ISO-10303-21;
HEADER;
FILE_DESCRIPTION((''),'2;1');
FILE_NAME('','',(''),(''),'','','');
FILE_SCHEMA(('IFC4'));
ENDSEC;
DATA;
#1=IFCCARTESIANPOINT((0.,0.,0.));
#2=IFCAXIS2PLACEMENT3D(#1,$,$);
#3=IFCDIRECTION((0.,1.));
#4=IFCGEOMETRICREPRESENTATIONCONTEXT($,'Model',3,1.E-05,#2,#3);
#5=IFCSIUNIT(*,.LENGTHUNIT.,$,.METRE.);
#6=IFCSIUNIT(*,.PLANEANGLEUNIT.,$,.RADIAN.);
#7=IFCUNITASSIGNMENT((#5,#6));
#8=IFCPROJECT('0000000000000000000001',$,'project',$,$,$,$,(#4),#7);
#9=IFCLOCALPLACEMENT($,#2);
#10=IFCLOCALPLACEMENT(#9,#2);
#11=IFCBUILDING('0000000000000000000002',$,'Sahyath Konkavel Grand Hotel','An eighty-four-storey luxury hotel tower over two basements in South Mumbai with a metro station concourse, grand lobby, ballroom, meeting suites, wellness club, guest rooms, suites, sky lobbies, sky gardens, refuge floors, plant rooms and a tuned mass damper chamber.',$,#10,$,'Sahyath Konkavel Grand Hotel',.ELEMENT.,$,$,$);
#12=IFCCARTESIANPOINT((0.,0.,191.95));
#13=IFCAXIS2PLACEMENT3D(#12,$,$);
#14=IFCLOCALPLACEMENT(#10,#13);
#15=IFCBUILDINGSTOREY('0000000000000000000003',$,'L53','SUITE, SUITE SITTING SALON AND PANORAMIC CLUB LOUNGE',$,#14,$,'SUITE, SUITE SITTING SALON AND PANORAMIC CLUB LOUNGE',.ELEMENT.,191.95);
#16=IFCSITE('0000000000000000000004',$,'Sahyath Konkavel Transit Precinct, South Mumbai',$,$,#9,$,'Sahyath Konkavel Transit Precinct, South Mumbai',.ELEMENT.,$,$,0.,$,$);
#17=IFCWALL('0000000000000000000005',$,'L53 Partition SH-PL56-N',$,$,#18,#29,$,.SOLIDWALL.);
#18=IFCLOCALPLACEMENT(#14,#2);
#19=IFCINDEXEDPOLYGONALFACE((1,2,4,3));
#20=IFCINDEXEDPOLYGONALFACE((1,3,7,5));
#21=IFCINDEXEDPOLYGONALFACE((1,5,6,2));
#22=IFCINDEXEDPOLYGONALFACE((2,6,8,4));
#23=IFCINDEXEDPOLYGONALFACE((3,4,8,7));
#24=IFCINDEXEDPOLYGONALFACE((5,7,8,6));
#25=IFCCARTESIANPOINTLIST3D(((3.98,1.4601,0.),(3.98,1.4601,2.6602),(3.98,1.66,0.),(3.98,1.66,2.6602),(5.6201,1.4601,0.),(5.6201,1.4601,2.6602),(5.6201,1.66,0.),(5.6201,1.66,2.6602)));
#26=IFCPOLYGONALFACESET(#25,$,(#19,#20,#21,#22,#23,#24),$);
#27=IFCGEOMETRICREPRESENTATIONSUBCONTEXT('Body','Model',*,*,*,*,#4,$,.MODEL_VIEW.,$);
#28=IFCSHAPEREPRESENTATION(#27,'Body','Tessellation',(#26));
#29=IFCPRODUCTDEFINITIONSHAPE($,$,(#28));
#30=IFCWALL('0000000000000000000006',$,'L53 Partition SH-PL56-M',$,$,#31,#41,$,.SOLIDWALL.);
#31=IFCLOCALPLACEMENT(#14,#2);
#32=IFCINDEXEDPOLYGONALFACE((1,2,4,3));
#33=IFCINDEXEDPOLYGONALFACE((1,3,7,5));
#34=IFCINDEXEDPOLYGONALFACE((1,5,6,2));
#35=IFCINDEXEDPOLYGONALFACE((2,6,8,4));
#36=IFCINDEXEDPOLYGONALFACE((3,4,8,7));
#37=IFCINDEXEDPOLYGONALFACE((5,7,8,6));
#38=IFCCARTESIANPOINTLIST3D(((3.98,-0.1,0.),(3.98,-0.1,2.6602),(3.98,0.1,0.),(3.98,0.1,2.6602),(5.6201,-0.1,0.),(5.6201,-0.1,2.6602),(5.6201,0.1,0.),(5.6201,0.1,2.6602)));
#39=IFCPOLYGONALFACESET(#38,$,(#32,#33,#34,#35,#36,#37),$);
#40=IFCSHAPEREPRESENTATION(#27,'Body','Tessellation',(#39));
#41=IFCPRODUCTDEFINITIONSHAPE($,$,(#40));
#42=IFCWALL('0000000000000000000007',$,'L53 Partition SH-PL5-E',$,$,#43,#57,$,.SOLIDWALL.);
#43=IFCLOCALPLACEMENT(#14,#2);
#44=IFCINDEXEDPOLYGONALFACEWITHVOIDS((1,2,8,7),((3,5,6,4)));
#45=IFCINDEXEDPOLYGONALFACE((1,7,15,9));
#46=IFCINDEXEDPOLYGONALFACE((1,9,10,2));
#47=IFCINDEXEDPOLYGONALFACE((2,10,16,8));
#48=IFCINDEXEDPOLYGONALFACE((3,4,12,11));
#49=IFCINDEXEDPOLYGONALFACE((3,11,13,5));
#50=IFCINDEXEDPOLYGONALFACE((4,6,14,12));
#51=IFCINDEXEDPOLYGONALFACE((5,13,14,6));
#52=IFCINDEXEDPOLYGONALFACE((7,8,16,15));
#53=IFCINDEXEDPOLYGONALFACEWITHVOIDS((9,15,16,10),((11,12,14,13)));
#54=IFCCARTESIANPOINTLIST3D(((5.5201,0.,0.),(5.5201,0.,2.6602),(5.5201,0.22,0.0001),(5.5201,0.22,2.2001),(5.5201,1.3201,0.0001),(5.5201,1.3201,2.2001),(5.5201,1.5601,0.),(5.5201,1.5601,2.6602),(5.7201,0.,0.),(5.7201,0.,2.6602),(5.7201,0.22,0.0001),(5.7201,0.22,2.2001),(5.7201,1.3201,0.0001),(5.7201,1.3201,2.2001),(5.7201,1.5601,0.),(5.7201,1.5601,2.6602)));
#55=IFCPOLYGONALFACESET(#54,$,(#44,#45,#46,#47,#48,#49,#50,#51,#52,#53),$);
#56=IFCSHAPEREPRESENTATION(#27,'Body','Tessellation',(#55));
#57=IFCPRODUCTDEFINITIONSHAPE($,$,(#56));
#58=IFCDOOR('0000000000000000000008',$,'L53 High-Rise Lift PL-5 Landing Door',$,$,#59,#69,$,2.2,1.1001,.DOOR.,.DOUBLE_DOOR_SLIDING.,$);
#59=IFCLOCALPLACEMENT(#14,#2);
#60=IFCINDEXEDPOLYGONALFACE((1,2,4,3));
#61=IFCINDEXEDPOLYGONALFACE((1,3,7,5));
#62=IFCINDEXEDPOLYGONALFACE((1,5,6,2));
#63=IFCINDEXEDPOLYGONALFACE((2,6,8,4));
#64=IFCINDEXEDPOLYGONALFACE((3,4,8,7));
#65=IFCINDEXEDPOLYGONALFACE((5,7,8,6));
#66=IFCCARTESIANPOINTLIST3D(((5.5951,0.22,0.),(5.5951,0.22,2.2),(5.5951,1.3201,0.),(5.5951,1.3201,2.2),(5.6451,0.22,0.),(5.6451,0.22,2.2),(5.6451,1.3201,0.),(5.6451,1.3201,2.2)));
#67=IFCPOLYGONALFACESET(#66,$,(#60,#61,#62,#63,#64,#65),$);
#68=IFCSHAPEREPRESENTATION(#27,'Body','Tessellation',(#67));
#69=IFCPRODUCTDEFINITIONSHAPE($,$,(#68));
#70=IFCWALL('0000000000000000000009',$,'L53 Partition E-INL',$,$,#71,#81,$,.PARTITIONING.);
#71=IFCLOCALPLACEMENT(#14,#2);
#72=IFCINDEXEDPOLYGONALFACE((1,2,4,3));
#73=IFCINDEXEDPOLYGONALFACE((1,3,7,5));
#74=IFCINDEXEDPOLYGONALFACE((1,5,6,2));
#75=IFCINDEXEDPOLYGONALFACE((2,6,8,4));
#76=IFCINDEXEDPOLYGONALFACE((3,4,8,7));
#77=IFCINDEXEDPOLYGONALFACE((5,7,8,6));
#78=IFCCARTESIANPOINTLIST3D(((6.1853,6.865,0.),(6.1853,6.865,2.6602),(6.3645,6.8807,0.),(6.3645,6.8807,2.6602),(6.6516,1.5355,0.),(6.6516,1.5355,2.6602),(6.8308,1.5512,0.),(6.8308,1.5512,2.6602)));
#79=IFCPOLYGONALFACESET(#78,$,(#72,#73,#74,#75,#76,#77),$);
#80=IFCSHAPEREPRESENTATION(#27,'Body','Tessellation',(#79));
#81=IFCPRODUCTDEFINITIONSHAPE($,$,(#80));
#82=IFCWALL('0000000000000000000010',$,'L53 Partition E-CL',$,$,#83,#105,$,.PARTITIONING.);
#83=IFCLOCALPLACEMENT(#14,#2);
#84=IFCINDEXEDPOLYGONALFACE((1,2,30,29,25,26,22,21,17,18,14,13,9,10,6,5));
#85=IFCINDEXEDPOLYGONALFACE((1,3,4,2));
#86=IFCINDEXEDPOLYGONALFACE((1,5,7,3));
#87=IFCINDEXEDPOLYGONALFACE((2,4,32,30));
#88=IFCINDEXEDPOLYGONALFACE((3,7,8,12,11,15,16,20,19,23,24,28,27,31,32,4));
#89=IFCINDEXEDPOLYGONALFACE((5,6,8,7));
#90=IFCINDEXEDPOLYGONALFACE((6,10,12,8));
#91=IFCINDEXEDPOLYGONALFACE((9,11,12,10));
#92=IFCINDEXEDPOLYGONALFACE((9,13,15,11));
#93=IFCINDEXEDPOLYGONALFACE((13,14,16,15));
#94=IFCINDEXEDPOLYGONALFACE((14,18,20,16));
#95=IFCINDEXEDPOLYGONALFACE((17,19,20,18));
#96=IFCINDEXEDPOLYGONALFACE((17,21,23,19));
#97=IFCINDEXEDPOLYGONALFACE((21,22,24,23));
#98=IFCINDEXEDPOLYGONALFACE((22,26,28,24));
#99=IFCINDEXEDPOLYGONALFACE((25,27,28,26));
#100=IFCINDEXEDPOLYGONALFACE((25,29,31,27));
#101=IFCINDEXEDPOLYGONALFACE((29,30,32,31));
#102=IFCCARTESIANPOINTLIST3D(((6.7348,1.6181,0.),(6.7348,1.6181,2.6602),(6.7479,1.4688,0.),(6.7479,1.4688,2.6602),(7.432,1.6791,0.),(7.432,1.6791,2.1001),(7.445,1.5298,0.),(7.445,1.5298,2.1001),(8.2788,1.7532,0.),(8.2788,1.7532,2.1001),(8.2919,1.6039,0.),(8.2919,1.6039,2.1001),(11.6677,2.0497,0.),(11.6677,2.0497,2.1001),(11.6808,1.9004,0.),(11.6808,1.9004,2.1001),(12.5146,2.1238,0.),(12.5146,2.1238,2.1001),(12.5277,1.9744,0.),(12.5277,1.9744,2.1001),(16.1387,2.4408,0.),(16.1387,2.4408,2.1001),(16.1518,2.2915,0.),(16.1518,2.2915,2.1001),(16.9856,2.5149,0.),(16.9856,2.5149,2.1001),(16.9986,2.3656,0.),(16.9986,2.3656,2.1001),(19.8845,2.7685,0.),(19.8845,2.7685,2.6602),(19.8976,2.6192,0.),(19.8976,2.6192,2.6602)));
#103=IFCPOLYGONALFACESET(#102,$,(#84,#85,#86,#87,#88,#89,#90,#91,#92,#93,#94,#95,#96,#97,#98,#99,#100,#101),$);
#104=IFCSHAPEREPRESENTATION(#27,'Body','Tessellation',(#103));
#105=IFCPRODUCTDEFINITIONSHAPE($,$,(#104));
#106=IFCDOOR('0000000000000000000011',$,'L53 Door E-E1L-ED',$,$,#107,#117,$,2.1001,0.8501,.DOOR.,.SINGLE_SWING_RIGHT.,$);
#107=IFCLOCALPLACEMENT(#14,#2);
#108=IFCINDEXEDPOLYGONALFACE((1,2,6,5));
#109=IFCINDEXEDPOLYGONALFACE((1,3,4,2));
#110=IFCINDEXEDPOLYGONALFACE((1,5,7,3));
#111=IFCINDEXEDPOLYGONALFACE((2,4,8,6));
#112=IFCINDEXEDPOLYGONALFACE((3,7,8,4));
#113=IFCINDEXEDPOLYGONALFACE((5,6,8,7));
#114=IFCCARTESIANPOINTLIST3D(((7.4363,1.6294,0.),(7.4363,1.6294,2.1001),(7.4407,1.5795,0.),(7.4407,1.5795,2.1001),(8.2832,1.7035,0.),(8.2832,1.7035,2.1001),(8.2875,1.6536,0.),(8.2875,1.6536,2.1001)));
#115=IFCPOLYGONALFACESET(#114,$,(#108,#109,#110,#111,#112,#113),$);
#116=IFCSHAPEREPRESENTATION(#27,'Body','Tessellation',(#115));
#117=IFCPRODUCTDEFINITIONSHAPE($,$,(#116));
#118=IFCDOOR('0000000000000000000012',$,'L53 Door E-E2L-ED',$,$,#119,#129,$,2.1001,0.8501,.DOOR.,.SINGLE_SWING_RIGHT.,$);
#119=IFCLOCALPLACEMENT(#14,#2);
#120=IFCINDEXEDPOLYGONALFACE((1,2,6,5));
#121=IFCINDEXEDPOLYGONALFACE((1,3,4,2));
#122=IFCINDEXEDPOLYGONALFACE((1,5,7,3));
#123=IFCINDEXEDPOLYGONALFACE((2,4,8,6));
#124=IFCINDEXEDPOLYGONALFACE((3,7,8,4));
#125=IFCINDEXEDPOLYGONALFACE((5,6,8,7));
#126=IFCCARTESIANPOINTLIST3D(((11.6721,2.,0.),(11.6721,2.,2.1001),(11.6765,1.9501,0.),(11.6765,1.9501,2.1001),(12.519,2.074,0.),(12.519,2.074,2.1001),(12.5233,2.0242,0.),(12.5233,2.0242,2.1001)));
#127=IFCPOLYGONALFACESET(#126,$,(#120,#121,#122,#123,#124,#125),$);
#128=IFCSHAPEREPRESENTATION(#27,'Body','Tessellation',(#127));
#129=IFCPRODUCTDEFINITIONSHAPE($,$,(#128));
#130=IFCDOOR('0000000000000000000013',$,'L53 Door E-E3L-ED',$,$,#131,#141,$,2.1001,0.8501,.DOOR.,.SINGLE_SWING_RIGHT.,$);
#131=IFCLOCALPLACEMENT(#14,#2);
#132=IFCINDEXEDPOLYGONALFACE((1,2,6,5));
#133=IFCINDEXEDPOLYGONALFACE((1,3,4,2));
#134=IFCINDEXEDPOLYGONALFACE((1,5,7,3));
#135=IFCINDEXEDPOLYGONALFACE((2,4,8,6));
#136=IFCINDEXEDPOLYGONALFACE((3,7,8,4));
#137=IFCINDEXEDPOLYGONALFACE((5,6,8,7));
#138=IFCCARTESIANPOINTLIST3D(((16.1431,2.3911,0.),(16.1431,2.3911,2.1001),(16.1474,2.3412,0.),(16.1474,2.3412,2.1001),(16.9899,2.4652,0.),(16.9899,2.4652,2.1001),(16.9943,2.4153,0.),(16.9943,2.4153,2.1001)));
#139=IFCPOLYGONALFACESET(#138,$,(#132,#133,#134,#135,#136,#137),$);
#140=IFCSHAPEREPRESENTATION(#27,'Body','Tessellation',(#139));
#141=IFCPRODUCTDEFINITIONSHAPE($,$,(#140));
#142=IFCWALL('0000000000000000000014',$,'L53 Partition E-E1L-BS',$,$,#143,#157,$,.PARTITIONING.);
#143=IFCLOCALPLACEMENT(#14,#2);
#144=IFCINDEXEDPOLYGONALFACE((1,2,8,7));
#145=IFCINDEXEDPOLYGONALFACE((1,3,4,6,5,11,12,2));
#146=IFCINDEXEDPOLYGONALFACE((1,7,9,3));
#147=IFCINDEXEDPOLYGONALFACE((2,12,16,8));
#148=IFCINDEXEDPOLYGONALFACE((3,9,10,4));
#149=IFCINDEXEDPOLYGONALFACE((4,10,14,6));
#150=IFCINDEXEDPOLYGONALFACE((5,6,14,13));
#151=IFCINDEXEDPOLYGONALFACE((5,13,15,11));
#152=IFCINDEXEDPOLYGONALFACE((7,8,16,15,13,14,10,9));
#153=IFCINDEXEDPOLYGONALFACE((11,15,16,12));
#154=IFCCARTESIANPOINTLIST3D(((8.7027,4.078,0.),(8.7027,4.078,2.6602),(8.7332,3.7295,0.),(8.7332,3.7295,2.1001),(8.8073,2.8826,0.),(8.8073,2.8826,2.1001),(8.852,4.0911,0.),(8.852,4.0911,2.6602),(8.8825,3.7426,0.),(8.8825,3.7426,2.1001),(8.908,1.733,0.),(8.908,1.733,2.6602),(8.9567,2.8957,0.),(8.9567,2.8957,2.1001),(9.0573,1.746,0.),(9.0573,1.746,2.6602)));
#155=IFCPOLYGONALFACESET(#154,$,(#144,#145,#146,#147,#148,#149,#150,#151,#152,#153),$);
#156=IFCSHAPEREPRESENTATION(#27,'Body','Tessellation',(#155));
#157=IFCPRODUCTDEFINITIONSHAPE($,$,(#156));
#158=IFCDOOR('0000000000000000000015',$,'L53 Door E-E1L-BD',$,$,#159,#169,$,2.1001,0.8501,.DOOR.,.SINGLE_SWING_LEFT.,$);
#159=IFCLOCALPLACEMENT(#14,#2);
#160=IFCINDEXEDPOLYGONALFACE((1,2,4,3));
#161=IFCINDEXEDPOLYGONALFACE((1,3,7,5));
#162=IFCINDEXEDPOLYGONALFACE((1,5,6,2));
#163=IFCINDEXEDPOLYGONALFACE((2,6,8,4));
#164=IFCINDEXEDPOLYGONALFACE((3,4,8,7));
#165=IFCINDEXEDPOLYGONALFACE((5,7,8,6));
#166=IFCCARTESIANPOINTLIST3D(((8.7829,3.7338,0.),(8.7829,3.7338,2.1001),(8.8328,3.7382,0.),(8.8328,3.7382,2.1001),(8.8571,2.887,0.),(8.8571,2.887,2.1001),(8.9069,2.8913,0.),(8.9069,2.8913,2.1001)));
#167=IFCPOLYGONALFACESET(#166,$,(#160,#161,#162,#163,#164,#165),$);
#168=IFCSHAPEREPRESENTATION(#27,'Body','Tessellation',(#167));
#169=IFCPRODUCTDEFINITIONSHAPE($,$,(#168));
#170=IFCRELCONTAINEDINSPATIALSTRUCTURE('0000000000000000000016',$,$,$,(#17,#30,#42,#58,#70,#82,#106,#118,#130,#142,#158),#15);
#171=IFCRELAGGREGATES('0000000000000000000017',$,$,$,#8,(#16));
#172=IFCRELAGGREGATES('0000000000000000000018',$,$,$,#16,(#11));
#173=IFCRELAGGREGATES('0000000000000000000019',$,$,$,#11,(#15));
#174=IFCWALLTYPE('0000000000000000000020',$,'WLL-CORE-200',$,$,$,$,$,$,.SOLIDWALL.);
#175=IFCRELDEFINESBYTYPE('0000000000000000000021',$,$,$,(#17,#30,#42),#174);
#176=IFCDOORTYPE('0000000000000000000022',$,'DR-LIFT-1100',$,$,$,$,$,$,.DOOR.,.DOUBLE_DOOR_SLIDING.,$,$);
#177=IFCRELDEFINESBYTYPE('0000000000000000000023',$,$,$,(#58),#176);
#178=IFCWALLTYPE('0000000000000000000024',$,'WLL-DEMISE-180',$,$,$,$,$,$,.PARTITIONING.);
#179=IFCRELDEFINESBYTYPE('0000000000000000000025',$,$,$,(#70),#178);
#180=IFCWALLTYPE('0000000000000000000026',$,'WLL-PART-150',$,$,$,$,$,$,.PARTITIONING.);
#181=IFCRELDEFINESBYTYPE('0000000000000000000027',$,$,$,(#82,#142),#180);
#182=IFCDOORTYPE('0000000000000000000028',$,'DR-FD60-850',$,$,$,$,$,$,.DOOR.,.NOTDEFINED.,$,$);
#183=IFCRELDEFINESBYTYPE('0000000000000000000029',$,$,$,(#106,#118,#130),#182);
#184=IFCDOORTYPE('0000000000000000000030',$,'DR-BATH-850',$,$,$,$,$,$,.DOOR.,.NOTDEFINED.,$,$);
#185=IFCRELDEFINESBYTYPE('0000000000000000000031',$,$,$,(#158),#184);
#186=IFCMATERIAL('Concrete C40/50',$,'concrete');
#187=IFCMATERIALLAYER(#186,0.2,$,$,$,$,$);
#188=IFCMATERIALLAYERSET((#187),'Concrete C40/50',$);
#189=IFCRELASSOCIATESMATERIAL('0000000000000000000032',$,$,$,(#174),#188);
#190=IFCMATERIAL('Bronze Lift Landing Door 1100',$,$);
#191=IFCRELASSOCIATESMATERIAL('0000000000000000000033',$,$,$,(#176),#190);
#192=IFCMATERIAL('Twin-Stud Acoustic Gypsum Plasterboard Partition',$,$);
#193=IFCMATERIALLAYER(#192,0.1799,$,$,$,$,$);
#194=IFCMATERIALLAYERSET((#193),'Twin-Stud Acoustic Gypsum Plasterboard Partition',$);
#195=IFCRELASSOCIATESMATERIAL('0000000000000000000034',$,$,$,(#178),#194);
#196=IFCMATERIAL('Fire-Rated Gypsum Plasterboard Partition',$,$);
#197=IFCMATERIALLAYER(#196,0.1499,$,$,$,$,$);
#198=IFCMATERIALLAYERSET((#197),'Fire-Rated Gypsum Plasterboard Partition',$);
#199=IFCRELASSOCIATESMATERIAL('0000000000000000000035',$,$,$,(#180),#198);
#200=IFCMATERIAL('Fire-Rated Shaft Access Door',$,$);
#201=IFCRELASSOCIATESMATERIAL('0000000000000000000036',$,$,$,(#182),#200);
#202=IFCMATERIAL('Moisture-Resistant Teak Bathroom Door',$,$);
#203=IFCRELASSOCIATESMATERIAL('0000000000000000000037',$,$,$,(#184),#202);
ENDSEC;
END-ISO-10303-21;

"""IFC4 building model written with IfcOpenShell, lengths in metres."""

from ifc_helpers import new_model, si_unit, direction, frame, frame_2d, origin, origin_2d, place, context, subcontext, project, spatial, rectangle, extrude, source, transform, mapped, material, layer, layer_set, type_object, element, fill, save


model = new_model("IFC4")

# Units and contexts
model_context = context("Model", 3, precision=1e-05, world=origin(), true_north=direction((0.0, 1.0)))
body_context = subcontext(model_context, "Body", "Model", "MODEL_VIEW")
ifc_project = project(units=[si_unit("LENGTHUNIT", "METRE"), si_unit("PLANEANGLEUNIT", "RADIAN")], contexts=[model_context])

# Site, building, storey
site_placement = place(None, origin())
site = spatial("IfcSite", under=ifc_project, at=site_placement, Name="Sahyath Konkavel Transit Precinct, South Mumbai", LongName="Sahyath Konkavel Transit Precinct, South Mumbai", CompositionType="ELEMENT", RefElevation=0.0)
building_placement = place(site_placement, origin())
building = spatial("IfcBuilding", under=site, at=building_placement, Name="Sahyath Konkavel Grand Hotel", Description="An eighty-four-storey luxury hotel tower over two basements in South Mumbai with a metro station concourse, grand lobby, ballroom, meeting suites, wellness club, guest rooms, suites, sky lobbies, sky gardens, refuge floors, plant rooms and a tuned mass damper chamber.", LongName="Sahyath Konkavel Grand Hotel", CompositionType="ELEMENT")
storey_placement = place(building_placement, frame((0.0, 0.0, 191.95)))
storey = spatial("IfcBuildingStorey", under=building, at=storey_placement, Name="L53", Description="SUITE, SUITE SITTING SALON AND PANORAMIC CLUB LOUNGE", LongName="SUITE, SUITE SITTING SALON AND PANORAMIC CLUB LOUNGE", CompositionType="ELEMENT", Elevation=191.95)

# Walls
ifc_material_1 = material(Name="Concrete C40/50", Category="concrete")
ifc_layer_1 = layer(ifc_material_1, 0.2)
ifc_layer_set_1 = layer_set([ifc_layer_1], Name="Concrete C40/50")
wall_type_1 = type_object("IfcWallType", Name="WLL-CORE-200", PredefinedType="SOLIDWALL", material=ifc_layer_set_1)
for number, where, z_axis, x_axis, name in (
    (1, (3.98, 1.5601, 0.0), (0.0, 0.0, 1.0), (1.0, 0.0, 0.0), "L53 Partition SH-PL56-N"),
    (2, (3.98, 0.0, 0.0), (0.0, 0.0, 1.0), (1.0, 0.0, 0.0), "L53 Partition SH-PL56-M"),
):
    element("IfcWall", number, at=place(storey_placement, frame(where, z_axis=z_axis, x_axis=x_axis)), inside=storey, type_object=wall_type_1, Name=name, PredefinedType="SOLIDWALL", context=body_context, shape_type="SweptSolid", body=[
        extrude(rectangle(XDim=1.6401, YDim=0.2, at=frame_2d((0.8201, 0.0))), origin(), (0.0, 0.0, 1.0), 2.6602),
    ])

# Wall, opening, door
wall_1_placement = place(storey_placement, frame((5.6201, 0.0, 0.0), z_axis=(0.0, 0.0, 1.0), x_axis=(0.0, 1.0, 0.0)))
wall_1 = element("IfcWall", 3, at=wall_1_placement, inside=storey, type_object=wall_type_1, Name="L53 Partition SH-PL5-E", PredefinedType="SOLIDWALL", context=body_context, shape_type="SweptSolid", body=[
    extrude(rectangle(XDim=1.5601, YDim=0.2, at=frame_2d((0.78, 0.0))), origin(), (0.0, 0.0, 1.0), 2.6602),
])
opening_1_placement = place(wall_1_placement, frame((0.22, 0.0, 0.0)))
opening_1 = element("IfcOpeningElement", 4, at=opening_1_placement, cuts=wall_1, PredefinedType="OPENING", context=body_context, shape_type="SweptSolid", body=[
    extrude(rectangle(XDim=1.1001, YDim=2.2, at=frame_2d((0.55, 1.1001))), frame((0.0, 0.1099, 0.0), z_axis=(0.0, -1.0, 0.0), x_axis=(1.0, 0.0, 0.0)), (0.0, 0.0, 1.0), 0.22),
])
ifc_material_2 = material(Name="Bronze Lift Landing Door 1100")
door_type_1 = type_object("IfcDoorType", Name="DR-LIFT-1100", OperationType="DOUBLE_DOOR_SLIDING", PredefinedType="DOOR", material=ifc_material_2)
shared_shape_1 = source(origin(), body_context, "Body", "SweptSolid", [
    extrude(rectangle(XDim=1.1001, YDim=0.05, at=origin_2d()), origin(), (0.0, 0.0, 1.0), 2.2),
])
door_1_placement = place(opening_1_placement, frame((0.55, 0.0, 0.0)))
door_1 = element("IfcDoor", 5, at=door_1_placement, inside=storey, type_object=door_type_1, Name="L53 High-Rise Lift PL-5 Landing Door", OperationType="DOUBLE_DOOR_SLIDING", OverallHeight=2.2, OverallWidth=1.1001, PredefinedType="DOOR", context=body_context, shape_type="MappedRepresentation", body=[
    mapped(shared_shape_1, transform((0.0, 0.0, 0.0), scale=1.0)),
])
fill(opening_1, door_1)

# Wall
ifc_material_3 = material(Name="Twin-Stud Acoustic Gypsum Plasterboard Partition")
ifc_layer_2 = layer(ifc_material_3, 0.1799)
ifc_layer_set_2 = layer_set([ifc_layer_2], Name="Twin-Stud Acoustic Gypsum Plasterboard Partition")
wall_type_2 = type_object("IfcWallType", Name="WLL-DEMISE-180", PredefinedType="PARTITIONING", material=ifc_layer_set_2)
wall_2_placement = place(storey_placement, frame((6.7412, 1.5435, 0.0), z_axis=(0.0, 0.0, 1.0), x_axis=(-0.087161, 0.996194, 0.0)))
element("IfcWall", 6, at=wall_2_placement, inside=storey, type_object=wall_type_2, Name="L53 Partition E-INL", PredefinedType="PARTITIONING", context=body_context, shape_type="SweptSolid", body=[
    extrude(rectangle(XDim=5.3499, YDim=0.1799, at=frame_2d((2.6748, 0.0))), origin(), (0.0, 0.0, 1.0), 2.6602),
])

# Wall, openings, doors
ifc_material_4 = material(Name="Fire-Rated Gypsum Plasterboard Partition")
ifc_layer_3 = layer(ifc_material_4, 0.1499)
ifc_layer_set_3 = layer_set([ifc_layer_3], Name="Fire-Rated Gypsum Plasterboard Partition")
wall_type_3 = type_object("IfcWallType", Name="WLL-PART-150", PredefinedType="PARTITIONING", material=ifc_layer_set_3)
wall_3_placement = place(storey_placement, frame((6.7412, 1.5435, 0.0), z_axis=(0.0, 0.0, 1.0), x_axis=(0.996195, 0.087152, 0.0)))
wall_3 = element("IfcWall", 7, at=wall_3_placement, inside=storey, type_object=wall_type_3, Name="L53 Partition E-CL", PredefinedType="PARTITIONING", context=body_context, shape_type="SweptSolid", body=[
    extrude(rectangle(XDim=13.2, YDim=0.1499, at=frame_2d((6.6001, 0.0))), origin(), (0.0, 0.0, 1.0), 2.6602),
])
opening_2_placement = place(wall_3_placement, frame((0.7, 0.0, 0.0)))
opening_2 = element("IfcOpeningElement", 8, at=opening_2_placement, cuts=wall_3, PredefinedType="OPENING", context=body_context, shape_type="SweptSolid", body=[
    extrude(rectangle(XDim=0.8501, YDim=2.1001, at=frame_2d((0.425, 1.05))), frame((0.0, 0.085, 0.0), z_axis=(0.0, -1.0, 0.0), x_axis=(1.0, 0.0, 0.0)), (0.0, 0.0, 1.0), 0.1699),
])
opening_3_placement = place(wall_3_placement, frame((4.9519, 0.0, 0.0)))
opening_3 = element("IfcOpeningElement", 9, at=opening_3_placement, cuts=wall_3, PredefinedType="OPENING", context=body_context, shape_type="SweptSolid", body=[
    extrude(rectangle(XDim=0.8501, YDim=2.1001, at=frame_2d((0.425, 1.05))), frame((0.0, 0.085, 0.0), z_axis=(0.0, -1.0, 0.0), x_axis=(1.0, 0.0, 0.0)), (0.0, 0.0, 1.0), 0.1699),
])
opening_4_placement = place(wall_3_placement, frame((9.4399, 0.0, 0.0)))
opening_4 = element("IfcOpeningElement", 10, at=opening_4_placement, cuts=wall_3, PredefinedType="OPENING", context=body_context, shape_type="SweptSolid", body=[
    extrude(rectangle(XDim=0.8501, YDim=2.1001, at=frame_2d((0.425, 1.05))), frame((0.0, 0.085, 0.0), z_axis=(0.0, -1.0, 0.0), x_axis=(1.0, 0.0, 0.0)), (0.0, 0.0, 1.0), 0.1699),
])
ifc_material_5 = material(Name="Fire-Rated Shaft Access Door")
door_type_2 = type_object("IfcDoorType", Name="DR-FD60-850", OperationType="NOTDEFINED", PredefinedType="DOOR", material=ifc_material_5)
shared_shape_2 = source(origin(), body_context, "Body", "SweptSolid", [
    extrude(rectangle(XDim=0.8501, YDim=0.05, at=origin_2d()), origin(), (0.0, 0.0, 1.0), 2.1001),
])
door_2_placement = place(opening_2_placement, frame((0.425, 0.0, 0.0)))
door_2 = element("IfcDoor", 11, at=door_2_placement, inside=storey, type_object=door_type_2, Name="L53 Door E-E1L-ED", OperationType="SINGLE_SWING_RIGHT", OverallHeight=2.1001, OverallWidth=0.8501, PredefinedType="DOOR", context=body_context, shape_type="MappedRepresentation", body=[
    mapped(shared_shape_2, transform((0.0, 0.0, 0.0), scale=1.0)),
])
fill(opening_2, door_2)
door_3_placement = place(opening_3_placement, frame((0.425, 0.0, 0.0)))
door_3 = element("IfcDoor", 12, at=door_3_placement, inside=storey, type_object=door_type_2, Name="L53 Door E-E2L-ED", OperationType="SINGLE_SWING_RIGHT", OverallHeight=2.1001, OverallWidth=0.8501, PredefinedType="DOOR", context=body_context, shape_type="MappedRepresentation", body=[
    mapped(shared_shape_2, transform((0.0, 0.0, 0.0), scale=1.0)),
])
fill(opening_3, door_3)
door_4_placement = place(opening_4_placement, frame((0.425, 0.0, 0.0)))
door_4 = element("IfcDoor", 13, at=door_4_placement, inside=storey, type_object=door_type_2, Name="L53 Door E-E3L-ED", OperationType="SINGLE_SWING_RIGHT", OverallHeight=2.1001, OverallWidth=0.8501, PredefinedType="DOOR", context=body_context, shape_type="MappedRepresentation", body=[
    mapped(shared_shape_2, transform((0.0, 0.0, 0.0), scale=1.0)),
])
fill(opening_4, door_4)

# Wall, opening, door
wall_4_placement = place(storey_placement, frame((8.9827, 1.7395, 0.0), z_axis=(0.0, 0.0, 1.0), x_axis=(-0.087225, 0.996189, 0.0)))
wall_4 = element("IfcWall", 14, at=wall_4_placement, inside=storey, type_object=wall_type_3, Name="L53 Partition E-E1L-BS", PredefinedType="PARTITIONING", context=body_context, shape_type="SweptSolid", body=[
    extrude(rectangle(XDim=2.354, YDim=0.1499, at=frame_2d((1.177, 0.0))), origin(), (0.0, 0.0, 1.0), 2.6602),
])
opening_5_placement = place(wall_4_placement, frame((1.1541, 0.0, 0.0)))
opening_5 = element("IfcOpeningElement", 15, at=opening_5_placement, cuts=wall_4, PredefinedType="OPENING", context=body_context, shape_type="SweptSolid", body=[
    extrude(rectangle(XDim=0.8501, YDim=2.1001, at=frame_2d((0.425, 1.05))), frame((0.0, 0.085, 0.0), z_axis=(0.0, -1.0, 0.0), x_axis=(1.0, 0.0, 0.0)), (0.0, 0.0, 1.0), 0.1699),
])
ifc_material_6 = material(Name="Moisture-Resistant Teak Bathroom Door")
door_type_3 = type_object("IfcDoorType", Name="DR-BATH-850", OperationType="NOTDEFINED", PredefinedType="DOOR", material=ifc_material_6)
door_5_placement = place(opening_5_placement, frame((0.425, 0.0, 0.0)))
door_5 = element("IfcDoor", 16, at=door_5_placement, inside=storey, type_object=door_type_3, Name="L53 Door E-E1L-BD", OperationType="SINGLE_SWING_LEFT", OverallHeight=2.1001, OverallWidth=0.8501, PredefinedType="DOOR", context=body_context, shape_type="MappedRepresentation", body=[
    mapped(shared_shape_2, transform((0.0, 0.0, 0.0), scale=1.0)),
])
fill(opening_5, door_5)

save(model, "model.ifc")
